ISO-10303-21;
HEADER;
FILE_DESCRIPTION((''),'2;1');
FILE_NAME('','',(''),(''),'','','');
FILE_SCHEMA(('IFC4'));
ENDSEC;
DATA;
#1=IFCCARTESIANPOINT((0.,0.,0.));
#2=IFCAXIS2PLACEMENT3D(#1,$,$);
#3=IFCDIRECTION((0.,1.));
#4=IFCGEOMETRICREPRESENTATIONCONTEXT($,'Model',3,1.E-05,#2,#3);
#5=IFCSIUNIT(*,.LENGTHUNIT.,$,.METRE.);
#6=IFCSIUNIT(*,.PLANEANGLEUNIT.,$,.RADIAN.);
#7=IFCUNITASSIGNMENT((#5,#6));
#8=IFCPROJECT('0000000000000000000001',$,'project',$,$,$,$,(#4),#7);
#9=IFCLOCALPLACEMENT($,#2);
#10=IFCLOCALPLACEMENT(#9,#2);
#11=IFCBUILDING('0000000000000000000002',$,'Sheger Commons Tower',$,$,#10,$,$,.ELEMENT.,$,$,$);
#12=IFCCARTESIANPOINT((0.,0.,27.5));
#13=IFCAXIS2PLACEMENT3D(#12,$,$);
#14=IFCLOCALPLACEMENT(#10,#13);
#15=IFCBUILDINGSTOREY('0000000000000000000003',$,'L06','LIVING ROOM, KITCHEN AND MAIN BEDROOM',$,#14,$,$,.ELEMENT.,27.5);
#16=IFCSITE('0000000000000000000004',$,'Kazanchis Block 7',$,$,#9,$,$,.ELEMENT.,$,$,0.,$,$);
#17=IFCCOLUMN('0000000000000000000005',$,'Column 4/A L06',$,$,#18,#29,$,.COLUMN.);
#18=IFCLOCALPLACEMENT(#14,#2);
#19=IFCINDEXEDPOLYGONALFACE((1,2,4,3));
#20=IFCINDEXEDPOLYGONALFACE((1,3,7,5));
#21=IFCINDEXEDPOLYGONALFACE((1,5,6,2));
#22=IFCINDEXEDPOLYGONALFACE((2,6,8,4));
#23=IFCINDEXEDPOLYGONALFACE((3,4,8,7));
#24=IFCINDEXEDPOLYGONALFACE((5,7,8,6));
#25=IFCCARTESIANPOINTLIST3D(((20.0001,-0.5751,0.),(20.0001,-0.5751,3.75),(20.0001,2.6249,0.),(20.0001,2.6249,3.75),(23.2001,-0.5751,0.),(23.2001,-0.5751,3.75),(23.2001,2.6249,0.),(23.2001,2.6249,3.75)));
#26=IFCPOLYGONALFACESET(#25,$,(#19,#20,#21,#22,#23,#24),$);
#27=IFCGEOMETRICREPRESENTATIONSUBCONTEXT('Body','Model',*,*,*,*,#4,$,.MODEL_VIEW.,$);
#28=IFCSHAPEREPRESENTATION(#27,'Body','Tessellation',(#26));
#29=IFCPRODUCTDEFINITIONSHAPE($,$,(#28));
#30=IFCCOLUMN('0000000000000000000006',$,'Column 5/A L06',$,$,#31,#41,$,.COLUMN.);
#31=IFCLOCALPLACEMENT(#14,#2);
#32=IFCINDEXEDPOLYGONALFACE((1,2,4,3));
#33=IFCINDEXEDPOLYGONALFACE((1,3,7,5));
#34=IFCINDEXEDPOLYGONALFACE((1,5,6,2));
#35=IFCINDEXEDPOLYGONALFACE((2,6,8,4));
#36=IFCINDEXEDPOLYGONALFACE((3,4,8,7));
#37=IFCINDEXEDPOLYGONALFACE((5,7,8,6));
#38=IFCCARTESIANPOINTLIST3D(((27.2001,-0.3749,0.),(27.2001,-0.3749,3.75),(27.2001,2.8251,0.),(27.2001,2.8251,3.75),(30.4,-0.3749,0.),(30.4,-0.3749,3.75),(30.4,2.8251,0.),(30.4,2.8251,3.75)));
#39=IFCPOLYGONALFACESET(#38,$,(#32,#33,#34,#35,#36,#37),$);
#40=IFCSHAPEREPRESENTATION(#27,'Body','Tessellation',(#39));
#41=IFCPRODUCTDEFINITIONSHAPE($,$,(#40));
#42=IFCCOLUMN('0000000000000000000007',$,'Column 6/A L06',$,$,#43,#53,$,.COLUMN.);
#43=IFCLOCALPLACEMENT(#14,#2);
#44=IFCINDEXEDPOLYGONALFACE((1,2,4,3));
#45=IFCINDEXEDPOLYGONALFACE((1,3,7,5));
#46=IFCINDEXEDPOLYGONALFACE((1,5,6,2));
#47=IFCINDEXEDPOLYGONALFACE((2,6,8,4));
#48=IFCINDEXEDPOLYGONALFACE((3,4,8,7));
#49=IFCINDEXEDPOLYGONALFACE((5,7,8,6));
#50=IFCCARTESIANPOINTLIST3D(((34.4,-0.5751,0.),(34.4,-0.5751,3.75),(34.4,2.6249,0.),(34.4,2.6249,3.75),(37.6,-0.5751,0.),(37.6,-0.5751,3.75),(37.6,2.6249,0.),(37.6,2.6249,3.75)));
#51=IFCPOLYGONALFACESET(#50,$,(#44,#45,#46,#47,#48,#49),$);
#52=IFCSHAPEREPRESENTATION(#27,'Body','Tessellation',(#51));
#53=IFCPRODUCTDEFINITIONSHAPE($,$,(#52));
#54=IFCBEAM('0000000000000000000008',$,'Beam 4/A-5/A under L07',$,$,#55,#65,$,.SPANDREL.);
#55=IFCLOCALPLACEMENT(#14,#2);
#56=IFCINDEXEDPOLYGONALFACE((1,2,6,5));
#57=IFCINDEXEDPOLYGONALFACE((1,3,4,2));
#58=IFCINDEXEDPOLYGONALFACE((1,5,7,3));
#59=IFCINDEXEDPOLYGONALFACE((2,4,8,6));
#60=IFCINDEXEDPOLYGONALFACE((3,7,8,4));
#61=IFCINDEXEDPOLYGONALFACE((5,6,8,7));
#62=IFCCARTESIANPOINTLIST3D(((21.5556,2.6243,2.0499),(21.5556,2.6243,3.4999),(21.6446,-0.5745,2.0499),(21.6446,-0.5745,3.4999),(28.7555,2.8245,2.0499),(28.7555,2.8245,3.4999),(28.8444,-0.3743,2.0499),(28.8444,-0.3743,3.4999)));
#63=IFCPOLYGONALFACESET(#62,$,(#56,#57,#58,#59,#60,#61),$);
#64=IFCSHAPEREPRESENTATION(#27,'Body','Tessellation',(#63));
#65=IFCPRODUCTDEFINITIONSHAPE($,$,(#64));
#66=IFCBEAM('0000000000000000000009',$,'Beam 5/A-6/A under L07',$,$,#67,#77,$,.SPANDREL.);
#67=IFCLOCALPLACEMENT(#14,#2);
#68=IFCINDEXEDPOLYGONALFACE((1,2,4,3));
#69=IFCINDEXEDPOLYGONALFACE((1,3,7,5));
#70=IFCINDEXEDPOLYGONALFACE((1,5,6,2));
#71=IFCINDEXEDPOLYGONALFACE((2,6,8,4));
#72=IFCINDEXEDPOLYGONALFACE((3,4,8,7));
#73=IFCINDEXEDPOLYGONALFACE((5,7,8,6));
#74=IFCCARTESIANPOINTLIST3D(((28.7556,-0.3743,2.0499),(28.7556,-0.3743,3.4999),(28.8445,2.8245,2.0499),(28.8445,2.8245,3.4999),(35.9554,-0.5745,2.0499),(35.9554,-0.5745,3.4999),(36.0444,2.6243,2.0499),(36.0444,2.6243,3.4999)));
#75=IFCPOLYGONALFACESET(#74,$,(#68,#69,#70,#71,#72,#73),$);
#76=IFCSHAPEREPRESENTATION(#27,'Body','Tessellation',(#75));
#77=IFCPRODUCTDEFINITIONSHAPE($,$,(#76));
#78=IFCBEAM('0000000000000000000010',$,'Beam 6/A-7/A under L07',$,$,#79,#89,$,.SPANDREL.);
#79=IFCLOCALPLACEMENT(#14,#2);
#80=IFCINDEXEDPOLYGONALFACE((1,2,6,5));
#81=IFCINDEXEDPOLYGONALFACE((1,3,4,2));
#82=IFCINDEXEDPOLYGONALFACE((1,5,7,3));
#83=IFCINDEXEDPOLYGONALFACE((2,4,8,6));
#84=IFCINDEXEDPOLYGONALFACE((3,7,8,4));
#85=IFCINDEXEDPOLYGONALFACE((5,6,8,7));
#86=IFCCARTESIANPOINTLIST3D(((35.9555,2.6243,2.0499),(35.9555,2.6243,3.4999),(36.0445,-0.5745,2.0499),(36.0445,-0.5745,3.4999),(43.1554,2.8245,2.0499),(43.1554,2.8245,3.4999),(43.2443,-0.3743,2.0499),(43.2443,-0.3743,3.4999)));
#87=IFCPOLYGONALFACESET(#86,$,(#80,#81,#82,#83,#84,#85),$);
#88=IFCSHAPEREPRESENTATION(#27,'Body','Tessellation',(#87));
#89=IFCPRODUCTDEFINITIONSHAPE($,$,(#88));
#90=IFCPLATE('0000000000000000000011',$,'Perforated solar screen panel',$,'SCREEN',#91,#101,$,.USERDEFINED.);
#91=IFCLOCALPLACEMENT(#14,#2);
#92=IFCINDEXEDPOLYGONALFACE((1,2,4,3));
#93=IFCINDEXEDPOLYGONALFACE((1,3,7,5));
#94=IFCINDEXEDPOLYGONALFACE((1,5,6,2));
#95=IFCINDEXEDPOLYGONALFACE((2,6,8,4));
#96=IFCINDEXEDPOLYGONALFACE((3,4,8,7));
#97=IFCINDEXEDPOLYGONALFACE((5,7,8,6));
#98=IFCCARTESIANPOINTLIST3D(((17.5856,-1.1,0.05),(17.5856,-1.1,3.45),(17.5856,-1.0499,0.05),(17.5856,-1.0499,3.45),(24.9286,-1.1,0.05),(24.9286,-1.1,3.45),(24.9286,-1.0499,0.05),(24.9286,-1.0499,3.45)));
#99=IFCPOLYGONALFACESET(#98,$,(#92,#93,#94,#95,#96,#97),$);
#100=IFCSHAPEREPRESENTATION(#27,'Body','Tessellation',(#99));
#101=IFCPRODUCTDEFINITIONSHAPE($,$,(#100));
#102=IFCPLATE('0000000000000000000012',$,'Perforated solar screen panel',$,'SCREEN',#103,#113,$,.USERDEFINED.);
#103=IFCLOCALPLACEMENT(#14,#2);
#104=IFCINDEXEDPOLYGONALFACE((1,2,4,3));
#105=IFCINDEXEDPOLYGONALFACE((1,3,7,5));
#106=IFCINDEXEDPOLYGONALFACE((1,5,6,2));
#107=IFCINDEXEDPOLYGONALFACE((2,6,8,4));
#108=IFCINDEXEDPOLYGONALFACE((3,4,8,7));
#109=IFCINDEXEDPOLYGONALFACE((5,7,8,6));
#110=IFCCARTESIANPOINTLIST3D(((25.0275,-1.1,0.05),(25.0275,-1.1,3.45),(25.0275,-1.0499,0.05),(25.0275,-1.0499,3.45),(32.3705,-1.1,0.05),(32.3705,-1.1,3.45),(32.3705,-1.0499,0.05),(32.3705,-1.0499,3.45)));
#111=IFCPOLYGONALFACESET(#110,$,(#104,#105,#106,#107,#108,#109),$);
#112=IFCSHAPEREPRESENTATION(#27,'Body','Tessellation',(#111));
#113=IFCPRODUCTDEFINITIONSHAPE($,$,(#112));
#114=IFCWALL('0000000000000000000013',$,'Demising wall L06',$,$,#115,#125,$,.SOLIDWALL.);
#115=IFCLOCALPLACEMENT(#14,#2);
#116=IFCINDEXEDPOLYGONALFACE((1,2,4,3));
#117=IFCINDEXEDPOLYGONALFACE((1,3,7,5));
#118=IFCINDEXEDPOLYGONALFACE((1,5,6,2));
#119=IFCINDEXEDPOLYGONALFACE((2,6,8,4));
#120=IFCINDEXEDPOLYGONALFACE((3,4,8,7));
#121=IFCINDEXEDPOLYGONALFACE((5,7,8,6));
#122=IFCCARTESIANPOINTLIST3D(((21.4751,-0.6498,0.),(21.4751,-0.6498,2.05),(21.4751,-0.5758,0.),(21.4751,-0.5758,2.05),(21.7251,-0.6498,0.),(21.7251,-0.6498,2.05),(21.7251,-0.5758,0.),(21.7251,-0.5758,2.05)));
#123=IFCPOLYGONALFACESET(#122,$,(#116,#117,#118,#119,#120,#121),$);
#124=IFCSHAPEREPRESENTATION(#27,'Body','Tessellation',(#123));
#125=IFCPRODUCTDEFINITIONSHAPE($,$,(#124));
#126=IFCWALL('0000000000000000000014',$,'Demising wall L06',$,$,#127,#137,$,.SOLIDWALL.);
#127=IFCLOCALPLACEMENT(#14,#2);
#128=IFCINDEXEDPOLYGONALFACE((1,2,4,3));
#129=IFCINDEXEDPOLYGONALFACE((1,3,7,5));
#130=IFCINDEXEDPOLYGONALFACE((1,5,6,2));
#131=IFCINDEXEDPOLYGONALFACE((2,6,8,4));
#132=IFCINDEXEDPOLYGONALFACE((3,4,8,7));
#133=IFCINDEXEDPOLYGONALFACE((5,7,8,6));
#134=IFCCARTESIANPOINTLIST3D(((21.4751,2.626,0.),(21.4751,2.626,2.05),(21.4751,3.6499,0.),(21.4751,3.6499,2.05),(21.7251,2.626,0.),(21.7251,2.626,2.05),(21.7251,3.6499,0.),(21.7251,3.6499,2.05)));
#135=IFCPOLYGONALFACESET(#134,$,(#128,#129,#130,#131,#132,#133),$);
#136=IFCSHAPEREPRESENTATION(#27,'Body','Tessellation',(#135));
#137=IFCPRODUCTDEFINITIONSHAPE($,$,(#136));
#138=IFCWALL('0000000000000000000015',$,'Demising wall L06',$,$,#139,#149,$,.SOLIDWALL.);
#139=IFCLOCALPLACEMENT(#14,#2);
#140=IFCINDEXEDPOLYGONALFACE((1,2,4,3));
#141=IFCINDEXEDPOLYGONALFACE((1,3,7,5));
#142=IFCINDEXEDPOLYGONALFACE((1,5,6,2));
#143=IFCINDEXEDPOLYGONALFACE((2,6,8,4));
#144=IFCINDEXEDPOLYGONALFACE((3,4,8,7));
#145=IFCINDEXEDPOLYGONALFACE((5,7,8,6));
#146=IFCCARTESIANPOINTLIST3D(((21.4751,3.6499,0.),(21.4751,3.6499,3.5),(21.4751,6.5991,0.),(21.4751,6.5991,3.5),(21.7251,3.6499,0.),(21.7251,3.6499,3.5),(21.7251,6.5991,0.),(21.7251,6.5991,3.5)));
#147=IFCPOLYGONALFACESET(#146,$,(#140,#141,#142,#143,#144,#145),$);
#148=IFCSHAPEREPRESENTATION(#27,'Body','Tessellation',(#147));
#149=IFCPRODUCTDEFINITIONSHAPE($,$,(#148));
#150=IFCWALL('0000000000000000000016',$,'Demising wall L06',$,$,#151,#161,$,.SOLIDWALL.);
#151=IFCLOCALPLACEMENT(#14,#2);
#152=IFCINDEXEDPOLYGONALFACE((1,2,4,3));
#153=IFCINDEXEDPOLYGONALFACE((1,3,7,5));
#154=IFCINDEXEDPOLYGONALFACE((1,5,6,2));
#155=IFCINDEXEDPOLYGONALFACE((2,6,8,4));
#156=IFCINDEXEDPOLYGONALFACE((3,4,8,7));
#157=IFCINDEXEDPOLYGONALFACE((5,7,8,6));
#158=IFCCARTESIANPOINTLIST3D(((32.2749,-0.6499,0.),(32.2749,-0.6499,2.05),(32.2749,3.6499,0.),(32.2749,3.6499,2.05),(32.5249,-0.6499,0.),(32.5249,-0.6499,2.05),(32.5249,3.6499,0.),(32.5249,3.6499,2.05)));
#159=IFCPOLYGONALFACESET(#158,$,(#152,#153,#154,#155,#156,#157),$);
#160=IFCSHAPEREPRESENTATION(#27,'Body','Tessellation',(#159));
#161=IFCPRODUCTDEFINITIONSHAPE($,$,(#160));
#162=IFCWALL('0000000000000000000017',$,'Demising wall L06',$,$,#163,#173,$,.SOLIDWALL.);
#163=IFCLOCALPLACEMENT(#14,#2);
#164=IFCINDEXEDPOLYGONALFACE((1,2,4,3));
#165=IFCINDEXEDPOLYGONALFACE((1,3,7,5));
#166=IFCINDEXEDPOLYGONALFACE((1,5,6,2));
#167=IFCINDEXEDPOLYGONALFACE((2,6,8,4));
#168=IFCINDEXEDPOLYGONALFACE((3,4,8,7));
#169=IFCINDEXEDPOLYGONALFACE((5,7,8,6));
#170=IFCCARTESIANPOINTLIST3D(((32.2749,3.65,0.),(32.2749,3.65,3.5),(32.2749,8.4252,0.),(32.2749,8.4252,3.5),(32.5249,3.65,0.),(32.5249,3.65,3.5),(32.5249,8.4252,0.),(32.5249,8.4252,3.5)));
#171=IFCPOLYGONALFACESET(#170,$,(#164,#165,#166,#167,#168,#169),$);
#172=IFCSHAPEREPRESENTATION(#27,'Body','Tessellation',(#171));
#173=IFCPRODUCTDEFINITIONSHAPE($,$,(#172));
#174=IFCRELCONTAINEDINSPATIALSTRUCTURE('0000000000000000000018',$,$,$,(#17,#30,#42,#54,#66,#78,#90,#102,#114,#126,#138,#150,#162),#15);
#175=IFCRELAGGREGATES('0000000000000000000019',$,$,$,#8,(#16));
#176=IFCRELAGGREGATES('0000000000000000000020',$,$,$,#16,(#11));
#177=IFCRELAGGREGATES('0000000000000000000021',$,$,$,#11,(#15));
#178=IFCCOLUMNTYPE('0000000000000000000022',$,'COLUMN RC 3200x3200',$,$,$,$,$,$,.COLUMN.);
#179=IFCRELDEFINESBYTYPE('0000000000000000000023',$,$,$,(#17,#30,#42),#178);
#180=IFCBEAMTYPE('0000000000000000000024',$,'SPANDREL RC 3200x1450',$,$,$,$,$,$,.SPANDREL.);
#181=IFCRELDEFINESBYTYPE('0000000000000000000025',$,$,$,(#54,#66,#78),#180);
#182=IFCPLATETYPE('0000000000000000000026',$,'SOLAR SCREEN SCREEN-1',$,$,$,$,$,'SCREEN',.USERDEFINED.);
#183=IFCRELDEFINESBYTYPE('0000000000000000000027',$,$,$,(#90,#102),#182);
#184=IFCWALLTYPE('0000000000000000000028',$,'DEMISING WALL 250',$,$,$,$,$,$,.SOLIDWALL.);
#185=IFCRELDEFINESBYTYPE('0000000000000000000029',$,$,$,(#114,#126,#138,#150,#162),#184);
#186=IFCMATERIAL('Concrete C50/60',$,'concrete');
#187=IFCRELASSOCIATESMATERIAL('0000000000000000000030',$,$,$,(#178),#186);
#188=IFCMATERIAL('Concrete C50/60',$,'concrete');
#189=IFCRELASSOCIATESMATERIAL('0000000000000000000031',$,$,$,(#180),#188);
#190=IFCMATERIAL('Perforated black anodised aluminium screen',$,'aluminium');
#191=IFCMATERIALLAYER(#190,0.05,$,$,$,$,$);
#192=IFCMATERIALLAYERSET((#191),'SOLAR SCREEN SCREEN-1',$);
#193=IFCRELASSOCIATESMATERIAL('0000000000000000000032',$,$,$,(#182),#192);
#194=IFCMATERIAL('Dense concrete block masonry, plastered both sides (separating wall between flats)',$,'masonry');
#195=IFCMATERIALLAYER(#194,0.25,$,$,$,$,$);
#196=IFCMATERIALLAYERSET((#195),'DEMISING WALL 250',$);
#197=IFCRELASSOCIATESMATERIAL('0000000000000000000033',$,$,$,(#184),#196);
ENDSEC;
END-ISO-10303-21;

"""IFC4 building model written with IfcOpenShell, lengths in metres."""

from ifc_helpers import new_model, si_unit, direction, frame, frame_2d, origin, origin_2d, place, context, subcontext, project, spatial, rectangle, extrude, material, layer, layer_set, material_profile, profile_set, type_object, element, save


model = new_model("IFC4")

# Units and contexts
model_context = context("Model", 3, precision=1e-05, world=origin(), true_north=direction((0.0, 1.0)))
body_context = subcontext(model_context, "Body", "Model", "MODEL_VIEW")
ifc_project = project(units=[si_unit("LENGTHUNIT", "METRE"), si_unit("PLANEANGLEUNIT", "RADIAN")], contexts=[model_context])

# Site, building, storey
site_placement = place(None, origin())
site = spatial("IfcSite", under=ifc_project, at=site_placement, Name="Kazanchis Block 7", CompositionType="ELEMENT", RefElevation=0.0)
building_placement = place(site_placement, origin())
building = spatial("IfcBuilding", under=site, at=building_placement, Name="Sheger Commons Tower", CompositionType="ELEMENT")
storey_placement = place(building_placement, frame((0.0, 0.0, 27.5)))
storey = spatial("IfcBuildingStorey", under=building, at=storey_placement, Name="L06", Description="LIVING ROOM, KITCHEN AND MAIN BEDROOM", CompositionType="ELEMENT", Elevation=27.5)

# Columns
ifc_material_1 = material(Name="Concrete C50/60", Category="concrete")
ifc_material_profile_1 = material_profile(ifc_material_1, rectangle(XDim=3.2, YDim=3.2, at=origin_2d()), Name="RC 3200x3200")
ifc_profile_set_1 = profile_set([ifc_material_profile_1], Name="Concrete C50/60")
column_type = type_object("IfcColumnType", Name="COLUMN RC 3200x3200", PredefinedType="COLUMN", material=ifc_profile_set_1)
for number, where, z_axis, x_axis, name in (
    (1, (21.6001, 1.0249, 0.0), (0.0, 0.0, 1.0), (1.0, 0.0, 0.0), "Column 4/A L06"),
    (2, (28.8, 1.2251, 0.0), (0.0, 0.0, 1.0), (1.0, 0.0, 0.0), "Column 5/A L06"),
    (3, (36.0, 1.0249, 0.0), (0.0, 0.0, 1.0), (1.0, 0.0, 0.0), "Column 6/A L06"),
):
    element("IfcColumn", number, at=place(storey_placement, frame(where, z_axis=z_axis, x_axis=x_axis)), inside=storey, type_object=column_type, Name=name, PredefinedType="COLUMN", context=body_context, shape_type="SweptSolid", body=[
        extrude(rectangle(XDim=3.2, YDim=3.2, at=origin_2d()), origin(), (0.0, 0.0, 1.0), 3.75),
    ])

# Beams
ifc_material_2 = material(Name="Concrete C50/60", Category="concrete")
ifc_material_profile_2 = material_profile(ifc_material_2, rectangle(XDim=3.2, YDim=1.45, at=origin_2d()), Name="RC 3200x1450")
ifc_profile_set_2 = profile_set([ifc_material_profile_2], Name="Concrete C50/60")
beam_type = type_object("IfcBeamType", Name="SPANDREL RC 3200x1450", PredefinedType="SPANDREL", material=ifc_profile_set_2)
for number, where, z_axis, x_axis, name in (
    (4, (21.6001, 1.0249, 2.7749), (0.999614, 0.027794, 0.0), (-0.027794, 0.999614, 0.0), "Beam 4/A-5/A under L07"),
    (5, (28.8, 1.2251, 2.7749), (0.999614, -0.027794, 0.0), (0.027794, 0.999614, 0.0), "Beam 5/A-6/A under L07"),
    (6, (36.0, 1.0249, 2.7749), (0.999614, 0.027794, 0.0), (-0.027794, 0.999614, 0.0), "Beam 6/A-7/A under L07"),
):
    element("IfcBeam", number, at=place(storey_placement, frame(where, z_axis=z_axis, x_axis=x_axis)), inside=storey, type_object=beam_type, Name=name, PredefinedType="SPANDREL", context=body_context, shape_type="SweptSolid", body=[
        extrude(rectangle(XDim=3.2, YDim=1.45, at=origin_2d()), origin(), (0.0, 0.0, 1.0), 7.2026),
    ])

# Plates
ifc_material_3 = material(Name="Perforated black anodised aluminium screen", Category="aluminium")
ifc_layer_1 = layer(ifc_material_3, 0.05)
ifc_layer_set_1 = layer_set([ifc_layer_1], Name="SOLAR SCREEN SCREEN-1")
plate_type = type_object("IfcPlateType", Name="SOLAR SCREEN SCREEN-1", ElementType="SCREEN", PredefinedType="USERDEFINED", material=ifc_layer_set_1)
for number, where, z_axis, x_axis, name in (
    (7, (21.2571, -1.075, 0.05), (0.0, 0.0, 1.0), (1.0, 0.0, 0.0), "Perforated solar screen panel"),
    (8, (28.699, -1.075, 0.05), (0.0, 0.0, 1.0), (1.0, 0.0, 0.0), "Perforated solar screen panel"),
):
    element("IfcPlate", number, at=place(storey_placement, frame(where, z_axis=z_axis, x_axis=x_axis)), inside=storey, type_object=plate_type, Name=name, ObjectType="SCREEN", PredefinedType="USERDEFINED", context=body_context, shape_type="SweptSolid", body=[
        extrude(rectangle(XDim=7.343, YDim=0.05, at=origin_2d()), origin(), (0.0, 0.0, 1.0), 3.3999),
    ])

# Walls
ifc_material_4 = material(Name="Dense concrete block masonry, plastered both sides (separating wall between flats)", Category="masonry")
ifc_layer_2 = layer(ifc_material_4, 0.25)
ifc_layer_set_2 = layer_set([ifc_layer_2], Name="DEMISING WALL 250")
wall_type_1 = type_object("IfcWallType", Name="DEMISING WALL 250", PredefinedType="SOLIDWALL", material=ifc_layer_set_2)
wall_1_placement = place(storey_placement, frame((21.6001, -0.6499, 0.0), z_axis=(0.0, 0.0, 1.0), x_axis=(0.0, 1.0, 0.0)))
element("IfcWall", 9, at=wall_1_placement, inside=storey, type_object=wall_type_1, Name="Demising wall L06", PredefinedType="SOLIDWALL", context=body_context, shape_type="SweptSolid", body=[
    extrude(rectangle(XDim=0.074, YDim=0.25, at=frame_2d((0.0371, 0.0))), origin(), (0.0, 0.0, 1.0), 2.05),
])
wall_2_placement = place(storey_placement, frame((21.6001, 2.626, 0.0), z_axis=(0.0, 0.0, 1.0), x_axis=(0.0, 1.0, 0.0)))
element("IfcWall", 10, at=wall_2_placement, inside=storey, type_object=wall_type_1, Name="Demising wall L06", PredefinedType="SOLIDWALL", context=body_context, shape_type="SweptSolid", body=[
    extrude(rectangle(XDim=1.0239, YDim=0.25, at=frame_2d((0.512, 0.0))), origin(), (0.0, 0.0, 1.0), 2.05),
])
wall_3_placement = place(storey_placement, frame((21.6001, 3.6499, 0.0), z_axis=(0.0, 0.0, 1.0), x_axis=(0.0, 1.0, 0.0)))
element("IfcWall", 11, at=wall_3_placement, inside=storey, type_object=wall_type_1, Name="Demising wall L06", PredefinedType="SOLIDWALL", context=body_context, shape_type="SweptSolid", body=[
    extrude(rectangle(XDim=2.9492, YDim=0.25, at=frame_2d((1.4746, 0.0))), origin(), (0.0, 0.0, 1.0), 3.5),
])
wall_4_placement = place(storey_placement, frame((32.3999, -0.6499, 0.0), z_axis=(0.0, 0.0, 1.0), x_axis=(0.0, 1.0, 0.0)))
element("IfcWall", 12, at=wall_4_placement, inside=storey, type_object=wall_type_1, Name="Demising wall L06", PredefinedType="SOLIDWALL", context=body_context, shape_type="SweptSolid", body=[
    extrude(rectangle(XDim=4.2998, YDim=0.25, at=frame_2d((2.1499, 0.0))), origin(), (0.0, 0.0, 1.0), 2.05),
])
wall_5_placement = place(storey_placement, frame((32.3999, 3.6499, 0.0), z_axis=(0.0, 0.0, 1.0), x_axis=(0.0, 1.0, 0.0)))
element("IfcWall", 13, at=wall_5_placement, inside=storey, type_object=wall_type_1, Name="Demising wall L06", PredefinedType="SOLIDWALL", context=body_context, shape_type="SweptSolid", body=[
    extrude(rectangle(XDim=4.7751, YDim=0.25, at=frame_2d((2.3877, 0.0))), origin(), (0.0, 0.0, 1.0), 3.5),
])

save(model, "model.ifc")
